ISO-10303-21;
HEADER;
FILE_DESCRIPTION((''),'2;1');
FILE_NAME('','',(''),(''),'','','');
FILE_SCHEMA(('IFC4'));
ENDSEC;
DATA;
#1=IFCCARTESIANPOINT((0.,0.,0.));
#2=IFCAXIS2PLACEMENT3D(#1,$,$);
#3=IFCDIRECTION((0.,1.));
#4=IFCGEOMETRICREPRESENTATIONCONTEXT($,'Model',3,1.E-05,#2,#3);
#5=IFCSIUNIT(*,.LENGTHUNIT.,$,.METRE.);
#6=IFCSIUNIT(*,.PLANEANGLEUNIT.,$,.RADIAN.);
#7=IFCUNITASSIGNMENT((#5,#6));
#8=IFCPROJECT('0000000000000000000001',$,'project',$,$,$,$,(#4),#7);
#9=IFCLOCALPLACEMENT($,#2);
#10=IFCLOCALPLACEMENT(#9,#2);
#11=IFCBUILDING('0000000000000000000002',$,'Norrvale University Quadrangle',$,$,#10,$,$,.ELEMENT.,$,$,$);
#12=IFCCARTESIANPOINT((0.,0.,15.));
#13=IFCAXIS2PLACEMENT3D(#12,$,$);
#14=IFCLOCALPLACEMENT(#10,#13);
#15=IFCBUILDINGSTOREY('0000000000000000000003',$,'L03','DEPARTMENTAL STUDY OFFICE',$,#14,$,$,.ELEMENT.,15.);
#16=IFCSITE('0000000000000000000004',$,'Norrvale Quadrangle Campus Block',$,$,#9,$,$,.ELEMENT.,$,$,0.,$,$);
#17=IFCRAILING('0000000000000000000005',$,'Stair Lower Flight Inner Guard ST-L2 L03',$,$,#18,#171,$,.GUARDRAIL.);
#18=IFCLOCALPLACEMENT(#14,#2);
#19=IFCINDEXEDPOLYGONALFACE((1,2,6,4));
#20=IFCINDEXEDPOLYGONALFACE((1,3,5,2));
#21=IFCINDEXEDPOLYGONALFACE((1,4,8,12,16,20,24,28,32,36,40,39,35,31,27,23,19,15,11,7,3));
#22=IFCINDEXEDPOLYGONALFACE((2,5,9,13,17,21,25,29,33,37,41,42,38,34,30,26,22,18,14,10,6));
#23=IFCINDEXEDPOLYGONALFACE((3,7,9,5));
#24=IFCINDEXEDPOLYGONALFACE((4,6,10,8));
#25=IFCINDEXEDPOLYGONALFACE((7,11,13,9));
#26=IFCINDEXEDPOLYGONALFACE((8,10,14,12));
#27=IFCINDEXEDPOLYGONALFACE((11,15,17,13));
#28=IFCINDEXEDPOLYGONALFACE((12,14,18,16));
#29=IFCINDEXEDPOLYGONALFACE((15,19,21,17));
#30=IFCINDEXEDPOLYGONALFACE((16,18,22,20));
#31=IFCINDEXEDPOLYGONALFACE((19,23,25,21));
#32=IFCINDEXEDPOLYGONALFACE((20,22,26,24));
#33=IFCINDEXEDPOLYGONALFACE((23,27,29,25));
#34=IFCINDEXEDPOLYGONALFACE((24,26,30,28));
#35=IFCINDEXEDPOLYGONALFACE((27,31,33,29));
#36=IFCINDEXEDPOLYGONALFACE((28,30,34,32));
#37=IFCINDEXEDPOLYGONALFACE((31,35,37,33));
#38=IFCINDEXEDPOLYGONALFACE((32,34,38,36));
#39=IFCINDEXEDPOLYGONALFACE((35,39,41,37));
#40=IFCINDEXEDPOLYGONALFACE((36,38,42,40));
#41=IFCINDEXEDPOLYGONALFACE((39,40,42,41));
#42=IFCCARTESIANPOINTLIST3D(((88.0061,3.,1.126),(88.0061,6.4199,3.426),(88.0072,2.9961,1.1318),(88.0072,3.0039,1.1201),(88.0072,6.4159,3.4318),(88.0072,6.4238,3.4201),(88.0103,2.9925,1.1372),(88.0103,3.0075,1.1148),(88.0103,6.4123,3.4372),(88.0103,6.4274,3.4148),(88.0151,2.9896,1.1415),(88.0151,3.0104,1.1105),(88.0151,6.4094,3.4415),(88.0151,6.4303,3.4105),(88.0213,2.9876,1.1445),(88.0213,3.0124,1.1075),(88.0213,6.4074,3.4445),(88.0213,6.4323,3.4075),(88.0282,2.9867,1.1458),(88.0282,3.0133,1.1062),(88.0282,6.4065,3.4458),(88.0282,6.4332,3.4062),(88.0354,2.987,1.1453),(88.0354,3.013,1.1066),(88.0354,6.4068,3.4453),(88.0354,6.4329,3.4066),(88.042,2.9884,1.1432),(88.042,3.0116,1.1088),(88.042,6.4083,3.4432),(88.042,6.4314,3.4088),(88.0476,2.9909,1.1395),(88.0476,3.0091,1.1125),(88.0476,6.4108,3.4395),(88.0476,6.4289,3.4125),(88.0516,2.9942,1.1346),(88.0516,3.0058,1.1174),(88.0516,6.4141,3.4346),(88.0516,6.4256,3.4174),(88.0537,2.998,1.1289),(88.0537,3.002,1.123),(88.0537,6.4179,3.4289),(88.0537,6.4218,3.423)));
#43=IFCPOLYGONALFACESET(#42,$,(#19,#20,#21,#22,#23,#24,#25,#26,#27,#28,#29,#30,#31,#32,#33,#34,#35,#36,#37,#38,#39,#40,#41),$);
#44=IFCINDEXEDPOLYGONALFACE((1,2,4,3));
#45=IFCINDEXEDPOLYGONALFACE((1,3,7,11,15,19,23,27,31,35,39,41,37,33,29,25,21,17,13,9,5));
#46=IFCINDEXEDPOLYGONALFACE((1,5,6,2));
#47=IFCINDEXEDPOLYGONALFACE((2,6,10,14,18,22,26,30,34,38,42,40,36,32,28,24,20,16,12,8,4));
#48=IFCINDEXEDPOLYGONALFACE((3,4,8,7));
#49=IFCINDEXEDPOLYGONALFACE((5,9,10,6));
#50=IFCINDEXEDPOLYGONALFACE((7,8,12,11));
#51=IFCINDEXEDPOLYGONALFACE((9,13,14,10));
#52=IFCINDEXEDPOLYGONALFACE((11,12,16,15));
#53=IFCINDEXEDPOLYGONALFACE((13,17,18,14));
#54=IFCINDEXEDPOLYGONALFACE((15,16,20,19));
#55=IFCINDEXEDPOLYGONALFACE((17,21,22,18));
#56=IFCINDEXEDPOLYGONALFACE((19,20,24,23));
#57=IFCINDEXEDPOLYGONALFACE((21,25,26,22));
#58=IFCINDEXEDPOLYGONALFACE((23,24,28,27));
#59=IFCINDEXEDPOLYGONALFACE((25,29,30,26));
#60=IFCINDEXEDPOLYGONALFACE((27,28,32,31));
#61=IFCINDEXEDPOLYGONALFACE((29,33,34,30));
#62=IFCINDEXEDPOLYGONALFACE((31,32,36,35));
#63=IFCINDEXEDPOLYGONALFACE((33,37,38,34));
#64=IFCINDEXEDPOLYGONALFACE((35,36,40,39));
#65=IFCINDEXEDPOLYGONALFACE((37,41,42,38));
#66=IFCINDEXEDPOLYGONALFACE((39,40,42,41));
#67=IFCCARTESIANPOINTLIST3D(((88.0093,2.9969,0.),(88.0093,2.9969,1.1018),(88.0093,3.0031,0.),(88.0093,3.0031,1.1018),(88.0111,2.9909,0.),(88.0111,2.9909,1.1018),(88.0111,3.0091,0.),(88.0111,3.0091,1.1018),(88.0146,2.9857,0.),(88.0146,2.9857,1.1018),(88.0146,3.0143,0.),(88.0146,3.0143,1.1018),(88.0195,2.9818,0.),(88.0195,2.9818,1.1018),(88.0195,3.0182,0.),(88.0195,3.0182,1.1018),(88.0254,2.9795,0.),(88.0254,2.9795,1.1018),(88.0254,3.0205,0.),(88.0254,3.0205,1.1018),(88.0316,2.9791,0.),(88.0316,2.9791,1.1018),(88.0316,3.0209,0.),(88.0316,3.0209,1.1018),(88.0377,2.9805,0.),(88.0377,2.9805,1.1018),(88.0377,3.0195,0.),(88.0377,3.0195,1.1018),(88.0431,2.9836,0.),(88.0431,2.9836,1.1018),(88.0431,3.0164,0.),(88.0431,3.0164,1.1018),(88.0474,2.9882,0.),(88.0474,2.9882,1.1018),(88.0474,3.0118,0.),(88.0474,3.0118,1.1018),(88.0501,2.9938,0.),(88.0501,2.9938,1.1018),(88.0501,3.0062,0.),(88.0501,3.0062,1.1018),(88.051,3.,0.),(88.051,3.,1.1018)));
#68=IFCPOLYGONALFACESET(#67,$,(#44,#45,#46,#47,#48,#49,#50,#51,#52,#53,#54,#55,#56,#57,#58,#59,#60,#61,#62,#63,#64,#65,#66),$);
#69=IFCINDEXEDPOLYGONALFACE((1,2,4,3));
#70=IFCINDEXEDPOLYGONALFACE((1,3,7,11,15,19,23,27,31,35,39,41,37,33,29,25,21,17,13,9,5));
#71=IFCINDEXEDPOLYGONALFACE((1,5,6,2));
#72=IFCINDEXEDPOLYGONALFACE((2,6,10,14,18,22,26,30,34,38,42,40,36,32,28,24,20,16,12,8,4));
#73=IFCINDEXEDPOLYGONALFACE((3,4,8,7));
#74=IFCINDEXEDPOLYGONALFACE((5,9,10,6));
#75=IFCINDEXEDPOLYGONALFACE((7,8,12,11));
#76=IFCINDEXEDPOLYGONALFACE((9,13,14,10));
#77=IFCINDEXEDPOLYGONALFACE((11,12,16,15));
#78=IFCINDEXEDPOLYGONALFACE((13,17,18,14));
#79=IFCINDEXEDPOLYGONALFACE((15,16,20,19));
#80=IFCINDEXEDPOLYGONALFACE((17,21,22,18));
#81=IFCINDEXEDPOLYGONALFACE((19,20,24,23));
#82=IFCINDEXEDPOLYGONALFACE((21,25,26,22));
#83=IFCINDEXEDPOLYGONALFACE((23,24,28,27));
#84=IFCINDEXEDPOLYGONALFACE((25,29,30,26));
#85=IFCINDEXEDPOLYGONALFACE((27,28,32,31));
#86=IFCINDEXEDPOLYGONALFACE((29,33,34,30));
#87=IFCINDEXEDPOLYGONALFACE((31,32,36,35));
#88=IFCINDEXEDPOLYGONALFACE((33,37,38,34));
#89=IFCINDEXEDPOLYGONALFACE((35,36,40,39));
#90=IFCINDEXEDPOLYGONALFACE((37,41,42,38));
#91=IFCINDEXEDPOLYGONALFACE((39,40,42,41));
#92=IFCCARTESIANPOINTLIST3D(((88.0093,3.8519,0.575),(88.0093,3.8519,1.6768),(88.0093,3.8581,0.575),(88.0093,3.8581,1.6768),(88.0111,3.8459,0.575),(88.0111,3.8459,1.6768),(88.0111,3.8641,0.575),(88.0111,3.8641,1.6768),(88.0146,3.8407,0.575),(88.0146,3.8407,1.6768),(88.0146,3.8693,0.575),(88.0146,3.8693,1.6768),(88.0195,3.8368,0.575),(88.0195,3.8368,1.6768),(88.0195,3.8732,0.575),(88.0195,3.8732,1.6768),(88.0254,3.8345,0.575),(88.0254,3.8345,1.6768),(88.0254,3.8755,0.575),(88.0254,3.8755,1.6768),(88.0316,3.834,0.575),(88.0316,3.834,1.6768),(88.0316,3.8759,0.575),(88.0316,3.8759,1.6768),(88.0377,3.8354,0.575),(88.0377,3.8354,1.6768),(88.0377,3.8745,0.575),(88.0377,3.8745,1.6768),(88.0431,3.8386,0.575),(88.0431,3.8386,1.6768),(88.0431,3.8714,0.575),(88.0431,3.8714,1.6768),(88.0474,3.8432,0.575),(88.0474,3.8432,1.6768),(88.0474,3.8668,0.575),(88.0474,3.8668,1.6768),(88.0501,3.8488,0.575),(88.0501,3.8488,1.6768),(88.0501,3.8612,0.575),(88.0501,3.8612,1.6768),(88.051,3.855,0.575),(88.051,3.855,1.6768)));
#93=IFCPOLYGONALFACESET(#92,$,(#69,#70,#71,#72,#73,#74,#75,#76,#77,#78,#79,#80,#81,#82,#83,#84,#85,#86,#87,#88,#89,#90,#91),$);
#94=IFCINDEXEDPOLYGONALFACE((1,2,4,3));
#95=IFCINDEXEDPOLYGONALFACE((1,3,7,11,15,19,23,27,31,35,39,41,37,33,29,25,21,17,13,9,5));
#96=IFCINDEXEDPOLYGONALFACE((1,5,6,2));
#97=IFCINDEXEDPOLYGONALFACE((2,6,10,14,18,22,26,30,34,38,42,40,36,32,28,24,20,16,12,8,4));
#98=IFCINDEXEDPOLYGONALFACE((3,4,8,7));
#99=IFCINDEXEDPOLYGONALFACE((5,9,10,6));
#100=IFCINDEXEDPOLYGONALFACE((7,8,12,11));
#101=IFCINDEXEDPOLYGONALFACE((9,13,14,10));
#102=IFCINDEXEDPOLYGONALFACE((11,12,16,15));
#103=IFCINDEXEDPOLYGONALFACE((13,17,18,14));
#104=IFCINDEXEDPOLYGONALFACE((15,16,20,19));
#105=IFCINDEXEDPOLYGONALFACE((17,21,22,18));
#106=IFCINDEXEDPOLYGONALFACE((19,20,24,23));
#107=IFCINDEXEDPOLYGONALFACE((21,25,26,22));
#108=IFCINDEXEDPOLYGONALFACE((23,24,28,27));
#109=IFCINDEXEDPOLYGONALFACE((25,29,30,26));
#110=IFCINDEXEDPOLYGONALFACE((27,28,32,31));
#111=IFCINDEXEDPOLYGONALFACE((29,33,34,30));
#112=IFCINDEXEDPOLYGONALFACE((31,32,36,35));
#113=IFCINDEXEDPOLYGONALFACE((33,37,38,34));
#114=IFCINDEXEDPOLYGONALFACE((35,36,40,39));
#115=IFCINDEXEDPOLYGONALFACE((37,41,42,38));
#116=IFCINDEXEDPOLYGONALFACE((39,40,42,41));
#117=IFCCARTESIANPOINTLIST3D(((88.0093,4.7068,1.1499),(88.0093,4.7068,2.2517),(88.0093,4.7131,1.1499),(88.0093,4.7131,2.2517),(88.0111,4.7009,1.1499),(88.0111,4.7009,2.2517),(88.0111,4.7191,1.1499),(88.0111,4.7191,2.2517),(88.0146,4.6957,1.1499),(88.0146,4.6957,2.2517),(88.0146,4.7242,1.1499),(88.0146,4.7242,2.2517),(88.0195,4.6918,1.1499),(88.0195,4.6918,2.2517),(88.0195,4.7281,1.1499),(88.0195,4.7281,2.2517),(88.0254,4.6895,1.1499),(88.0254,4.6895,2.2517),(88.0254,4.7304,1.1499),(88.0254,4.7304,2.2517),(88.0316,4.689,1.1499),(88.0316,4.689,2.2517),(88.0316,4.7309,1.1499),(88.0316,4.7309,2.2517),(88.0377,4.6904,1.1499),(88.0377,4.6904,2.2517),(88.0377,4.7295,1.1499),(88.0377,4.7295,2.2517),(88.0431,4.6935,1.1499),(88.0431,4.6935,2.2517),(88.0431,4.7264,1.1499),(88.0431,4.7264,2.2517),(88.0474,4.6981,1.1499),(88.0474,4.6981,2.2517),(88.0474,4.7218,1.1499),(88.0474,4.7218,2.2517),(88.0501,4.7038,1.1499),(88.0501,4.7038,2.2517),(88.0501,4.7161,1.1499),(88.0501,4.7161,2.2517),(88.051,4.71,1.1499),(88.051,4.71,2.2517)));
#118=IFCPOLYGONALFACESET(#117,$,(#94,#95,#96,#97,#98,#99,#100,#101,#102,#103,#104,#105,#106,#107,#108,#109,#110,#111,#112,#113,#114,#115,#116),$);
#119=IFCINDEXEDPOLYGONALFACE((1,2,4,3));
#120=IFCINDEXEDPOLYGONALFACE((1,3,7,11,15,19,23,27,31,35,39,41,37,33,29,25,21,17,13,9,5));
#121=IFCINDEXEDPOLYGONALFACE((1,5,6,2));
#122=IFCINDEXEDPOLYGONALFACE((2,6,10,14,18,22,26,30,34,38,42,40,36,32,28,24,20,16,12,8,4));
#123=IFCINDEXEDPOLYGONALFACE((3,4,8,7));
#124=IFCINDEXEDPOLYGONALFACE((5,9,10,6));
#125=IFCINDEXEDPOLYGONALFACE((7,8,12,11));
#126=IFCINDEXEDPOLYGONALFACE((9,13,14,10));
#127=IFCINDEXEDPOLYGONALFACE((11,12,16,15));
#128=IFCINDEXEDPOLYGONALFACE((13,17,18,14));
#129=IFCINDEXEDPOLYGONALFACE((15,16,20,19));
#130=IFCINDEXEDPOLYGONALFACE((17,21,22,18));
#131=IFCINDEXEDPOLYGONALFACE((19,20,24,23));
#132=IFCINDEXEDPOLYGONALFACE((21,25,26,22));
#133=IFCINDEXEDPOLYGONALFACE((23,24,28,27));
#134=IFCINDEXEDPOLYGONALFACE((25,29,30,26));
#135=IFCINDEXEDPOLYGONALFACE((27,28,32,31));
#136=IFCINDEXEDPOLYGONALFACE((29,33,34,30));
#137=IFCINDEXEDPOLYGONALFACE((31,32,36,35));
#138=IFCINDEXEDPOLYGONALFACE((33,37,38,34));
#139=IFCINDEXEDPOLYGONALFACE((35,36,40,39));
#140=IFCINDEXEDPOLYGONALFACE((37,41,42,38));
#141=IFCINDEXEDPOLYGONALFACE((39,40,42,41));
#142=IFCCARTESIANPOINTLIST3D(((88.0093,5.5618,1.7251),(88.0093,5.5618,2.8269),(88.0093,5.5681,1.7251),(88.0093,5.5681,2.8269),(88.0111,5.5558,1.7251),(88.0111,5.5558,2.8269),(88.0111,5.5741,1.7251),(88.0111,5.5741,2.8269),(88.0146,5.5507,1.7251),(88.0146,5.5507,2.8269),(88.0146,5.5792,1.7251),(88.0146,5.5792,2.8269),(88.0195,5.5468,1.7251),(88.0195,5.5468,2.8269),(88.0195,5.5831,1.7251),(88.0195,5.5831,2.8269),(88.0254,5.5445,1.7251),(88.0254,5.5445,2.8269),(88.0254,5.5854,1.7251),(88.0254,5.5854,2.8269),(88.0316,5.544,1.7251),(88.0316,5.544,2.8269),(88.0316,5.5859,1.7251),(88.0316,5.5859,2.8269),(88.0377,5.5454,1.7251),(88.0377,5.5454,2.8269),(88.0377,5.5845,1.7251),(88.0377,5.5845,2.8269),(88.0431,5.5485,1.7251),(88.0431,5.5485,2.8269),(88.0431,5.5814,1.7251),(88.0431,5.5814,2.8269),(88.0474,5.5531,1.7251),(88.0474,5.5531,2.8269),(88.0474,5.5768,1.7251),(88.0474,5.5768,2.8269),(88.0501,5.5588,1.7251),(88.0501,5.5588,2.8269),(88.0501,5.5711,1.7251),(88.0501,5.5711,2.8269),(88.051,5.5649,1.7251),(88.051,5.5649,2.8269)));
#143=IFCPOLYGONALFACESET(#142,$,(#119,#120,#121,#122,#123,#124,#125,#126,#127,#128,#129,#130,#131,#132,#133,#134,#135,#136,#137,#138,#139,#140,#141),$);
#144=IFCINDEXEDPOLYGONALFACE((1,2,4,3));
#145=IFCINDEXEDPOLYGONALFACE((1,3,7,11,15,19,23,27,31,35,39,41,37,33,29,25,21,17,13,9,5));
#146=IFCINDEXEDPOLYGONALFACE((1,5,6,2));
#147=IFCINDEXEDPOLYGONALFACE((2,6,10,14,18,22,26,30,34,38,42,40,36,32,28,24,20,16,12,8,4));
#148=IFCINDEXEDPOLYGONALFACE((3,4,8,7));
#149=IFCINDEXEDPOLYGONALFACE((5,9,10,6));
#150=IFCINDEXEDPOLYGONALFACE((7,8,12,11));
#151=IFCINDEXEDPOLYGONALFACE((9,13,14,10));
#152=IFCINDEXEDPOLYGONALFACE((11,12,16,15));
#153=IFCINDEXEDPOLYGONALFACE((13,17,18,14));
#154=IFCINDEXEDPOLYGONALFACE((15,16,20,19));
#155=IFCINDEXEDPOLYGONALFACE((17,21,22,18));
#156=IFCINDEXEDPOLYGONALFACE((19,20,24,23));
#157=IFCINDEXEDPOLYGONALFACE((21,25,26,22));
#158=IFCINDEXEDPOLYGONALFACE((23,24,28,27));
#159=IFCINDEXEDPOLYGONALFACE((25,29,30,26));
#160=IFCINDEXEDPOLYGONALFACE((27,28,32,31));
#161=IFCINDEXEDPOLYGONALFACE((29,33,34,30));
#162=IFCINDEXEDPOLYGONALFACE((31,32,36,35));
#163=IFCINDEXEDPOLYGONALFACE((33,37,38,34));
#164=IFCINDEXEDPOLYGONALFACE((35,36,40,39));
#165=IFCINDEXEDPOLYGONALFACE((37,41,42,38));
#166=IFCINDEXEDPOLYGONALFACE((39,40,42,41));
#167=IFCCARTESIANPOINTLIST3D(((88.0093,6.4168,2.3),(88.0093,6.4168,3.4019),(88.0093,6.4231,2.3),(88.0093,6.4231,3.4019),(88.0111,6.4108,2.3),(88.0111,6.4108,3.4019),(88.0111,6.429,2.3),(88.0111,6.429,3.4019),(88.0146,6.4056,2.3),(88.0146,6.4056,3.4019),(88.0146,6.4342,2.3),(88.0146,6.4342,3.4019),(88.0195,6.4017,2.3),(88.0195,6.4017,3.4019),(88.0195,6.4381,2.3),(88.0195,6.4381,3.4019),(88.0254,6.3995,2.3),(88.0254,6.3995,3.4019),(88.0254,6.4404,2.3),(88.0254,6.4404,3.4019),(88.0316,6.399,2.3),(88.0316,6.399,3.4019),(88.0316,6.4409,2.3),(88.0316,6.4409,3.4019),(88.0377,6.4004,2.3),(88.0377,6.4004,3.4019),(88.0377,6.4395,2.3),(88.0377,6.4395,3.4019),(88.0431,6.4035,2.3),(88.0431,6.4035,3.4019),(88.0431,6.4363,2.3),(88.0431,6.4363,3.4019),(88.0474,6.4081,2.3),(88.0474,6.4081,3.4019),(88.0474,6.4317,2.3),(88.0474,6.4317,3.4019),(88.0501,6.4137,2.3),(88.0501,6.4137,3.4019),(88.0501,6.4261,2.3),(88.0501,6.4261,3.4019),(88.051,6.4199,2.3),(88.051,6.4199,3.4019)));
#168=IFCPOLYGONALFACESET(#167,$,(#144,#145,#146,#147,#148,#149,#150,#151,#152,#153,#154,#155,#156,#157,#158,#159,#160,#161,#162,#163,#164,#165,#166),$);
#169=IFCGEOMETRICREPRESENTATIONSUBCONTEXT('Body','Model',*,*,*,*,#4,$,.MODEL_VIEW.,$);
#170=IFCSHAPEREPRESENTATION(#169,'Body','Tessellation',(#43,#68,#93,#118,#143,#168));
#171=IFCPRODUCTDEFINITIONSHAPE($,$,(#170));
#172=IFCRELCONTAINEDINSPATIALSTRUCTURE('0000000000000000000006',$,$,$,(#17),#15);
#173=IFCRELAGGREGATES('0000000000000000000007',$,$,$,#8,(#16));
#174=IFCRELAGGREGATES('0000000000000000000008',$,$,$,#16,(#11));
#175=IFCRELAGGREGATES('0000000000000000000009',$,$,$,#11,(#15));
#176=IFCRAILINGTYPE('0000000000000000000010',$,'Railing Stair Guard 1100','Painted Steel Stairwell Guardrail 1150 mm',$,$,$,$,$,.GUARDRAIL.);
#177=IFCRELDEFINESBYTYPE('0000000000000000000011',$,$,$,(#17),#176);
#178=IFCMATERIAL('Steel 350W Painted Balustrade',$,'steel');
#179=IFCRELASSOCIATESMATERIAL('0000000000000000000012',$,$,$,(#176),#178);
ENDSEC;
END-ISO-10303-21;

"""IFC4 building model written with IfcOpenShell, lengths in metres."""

from ifc_helpers import new_model, si_unit, direction, frame, origin, origin_2d, place, context, subcontext, project, spatial, circle, extrude, material, type_object, element, save


model = new_model("IFC4")

# Units and contexts
model_context = context("Model", 3, precision=1e-05, world=origin(), true_north=direction((0.0, 1.0)))
body_context = subcontext(model_context, "Body", "Model", "MODEL_VIEW")
ifc_project = project(units=[si_unit("LENGTHUNIT", "METRE"), si_unit("PLANEANGLEUNIT", "RADIAN")], contexts=[model_context])

# Site, building, storey
site_placement = place(None, origin())
site = spatial("IfcSite", under=ifc_project, at=site_placement, Name="Norrvale Quadrangle Campus Block", CompositionType="ELEMENT", RefElevation=0.0)
building_placement = place(site_placement, origin())
building = spatial("IfcBuilding", under=site, at=building_placement, Name="Norrvale University Quadrangle", CompositionType="ELEMENT")
storey_placement = place(building_placement, frame((0.0, 0.0, 15.0)))
storey = spatial("IfcBuildingStorey", under=building, at=storey_placement, Name="L03", Description="DEPARTMENTAL STUDY OFFICE", CompositionType="ELEMENT", Elevation=15.0)

# Railing
ifc_material_1 = material(Name="Steel 350W Painted Balustrade", Category="steel")
railing_type_1 = type_object("IfcRailingType", Name="Railing Stair Guard 1100", Description="Painted Steel Stairwell Guardrail 1150 mm", PredefinedType="GUARDRAIL", material=ifc_material_1)
railing_1_placement = place(storey_placement, frame((88.03, 3.0, 0.0)))
element("IfcRailing", 1, at=railing_1_placement, inside=storey, type_object=railing_type_1, Name="Stair Lower Flight Inner Guard ST-L2 L03", PredefinedType="GUARDRAIL", context=body_context, shape_type="SweptSolid", body=[
    extrude(circle(Radius=0.0239, at=origin_2d()), frame((0.0, 0.0, 1.126), z_axis=(0.0, 0.829792, 0.558072), x_axis=(-1.0, 0.0, 0.0)), (0.0, 0.0, 1.0), 4.1213),
    extrude(circle(Radius=0.021, at=origin_2d()), origin(), (0.0, 0.0, 1.0), 1.1018),
    extrude(circle(Radius=0.021, at=origin_2d()), frame((0.0, 0.855, 0.575)), (0.0, 0.0, 1.0), 1.1018),
    extrude(circle(Radius=0.021, at=origin_2d()), frame((0.0, 1.71, 1.1499)), (0.0, 0.0, 1.0), 1.1018),
    extrude(circle(Radius=0.021, at=origin_2d()), frame((0.0, 2.5649, 1.7251)), (0.0, 0.0, 1.0), 1.1018),
    extrude(circle(Radius=0.021, at=origin_2d()), frame((0.0, 3.4199, 2.3)), (0.0, 0.0, 1.0), 1.1018),
])

save(model, "model.ifc")
